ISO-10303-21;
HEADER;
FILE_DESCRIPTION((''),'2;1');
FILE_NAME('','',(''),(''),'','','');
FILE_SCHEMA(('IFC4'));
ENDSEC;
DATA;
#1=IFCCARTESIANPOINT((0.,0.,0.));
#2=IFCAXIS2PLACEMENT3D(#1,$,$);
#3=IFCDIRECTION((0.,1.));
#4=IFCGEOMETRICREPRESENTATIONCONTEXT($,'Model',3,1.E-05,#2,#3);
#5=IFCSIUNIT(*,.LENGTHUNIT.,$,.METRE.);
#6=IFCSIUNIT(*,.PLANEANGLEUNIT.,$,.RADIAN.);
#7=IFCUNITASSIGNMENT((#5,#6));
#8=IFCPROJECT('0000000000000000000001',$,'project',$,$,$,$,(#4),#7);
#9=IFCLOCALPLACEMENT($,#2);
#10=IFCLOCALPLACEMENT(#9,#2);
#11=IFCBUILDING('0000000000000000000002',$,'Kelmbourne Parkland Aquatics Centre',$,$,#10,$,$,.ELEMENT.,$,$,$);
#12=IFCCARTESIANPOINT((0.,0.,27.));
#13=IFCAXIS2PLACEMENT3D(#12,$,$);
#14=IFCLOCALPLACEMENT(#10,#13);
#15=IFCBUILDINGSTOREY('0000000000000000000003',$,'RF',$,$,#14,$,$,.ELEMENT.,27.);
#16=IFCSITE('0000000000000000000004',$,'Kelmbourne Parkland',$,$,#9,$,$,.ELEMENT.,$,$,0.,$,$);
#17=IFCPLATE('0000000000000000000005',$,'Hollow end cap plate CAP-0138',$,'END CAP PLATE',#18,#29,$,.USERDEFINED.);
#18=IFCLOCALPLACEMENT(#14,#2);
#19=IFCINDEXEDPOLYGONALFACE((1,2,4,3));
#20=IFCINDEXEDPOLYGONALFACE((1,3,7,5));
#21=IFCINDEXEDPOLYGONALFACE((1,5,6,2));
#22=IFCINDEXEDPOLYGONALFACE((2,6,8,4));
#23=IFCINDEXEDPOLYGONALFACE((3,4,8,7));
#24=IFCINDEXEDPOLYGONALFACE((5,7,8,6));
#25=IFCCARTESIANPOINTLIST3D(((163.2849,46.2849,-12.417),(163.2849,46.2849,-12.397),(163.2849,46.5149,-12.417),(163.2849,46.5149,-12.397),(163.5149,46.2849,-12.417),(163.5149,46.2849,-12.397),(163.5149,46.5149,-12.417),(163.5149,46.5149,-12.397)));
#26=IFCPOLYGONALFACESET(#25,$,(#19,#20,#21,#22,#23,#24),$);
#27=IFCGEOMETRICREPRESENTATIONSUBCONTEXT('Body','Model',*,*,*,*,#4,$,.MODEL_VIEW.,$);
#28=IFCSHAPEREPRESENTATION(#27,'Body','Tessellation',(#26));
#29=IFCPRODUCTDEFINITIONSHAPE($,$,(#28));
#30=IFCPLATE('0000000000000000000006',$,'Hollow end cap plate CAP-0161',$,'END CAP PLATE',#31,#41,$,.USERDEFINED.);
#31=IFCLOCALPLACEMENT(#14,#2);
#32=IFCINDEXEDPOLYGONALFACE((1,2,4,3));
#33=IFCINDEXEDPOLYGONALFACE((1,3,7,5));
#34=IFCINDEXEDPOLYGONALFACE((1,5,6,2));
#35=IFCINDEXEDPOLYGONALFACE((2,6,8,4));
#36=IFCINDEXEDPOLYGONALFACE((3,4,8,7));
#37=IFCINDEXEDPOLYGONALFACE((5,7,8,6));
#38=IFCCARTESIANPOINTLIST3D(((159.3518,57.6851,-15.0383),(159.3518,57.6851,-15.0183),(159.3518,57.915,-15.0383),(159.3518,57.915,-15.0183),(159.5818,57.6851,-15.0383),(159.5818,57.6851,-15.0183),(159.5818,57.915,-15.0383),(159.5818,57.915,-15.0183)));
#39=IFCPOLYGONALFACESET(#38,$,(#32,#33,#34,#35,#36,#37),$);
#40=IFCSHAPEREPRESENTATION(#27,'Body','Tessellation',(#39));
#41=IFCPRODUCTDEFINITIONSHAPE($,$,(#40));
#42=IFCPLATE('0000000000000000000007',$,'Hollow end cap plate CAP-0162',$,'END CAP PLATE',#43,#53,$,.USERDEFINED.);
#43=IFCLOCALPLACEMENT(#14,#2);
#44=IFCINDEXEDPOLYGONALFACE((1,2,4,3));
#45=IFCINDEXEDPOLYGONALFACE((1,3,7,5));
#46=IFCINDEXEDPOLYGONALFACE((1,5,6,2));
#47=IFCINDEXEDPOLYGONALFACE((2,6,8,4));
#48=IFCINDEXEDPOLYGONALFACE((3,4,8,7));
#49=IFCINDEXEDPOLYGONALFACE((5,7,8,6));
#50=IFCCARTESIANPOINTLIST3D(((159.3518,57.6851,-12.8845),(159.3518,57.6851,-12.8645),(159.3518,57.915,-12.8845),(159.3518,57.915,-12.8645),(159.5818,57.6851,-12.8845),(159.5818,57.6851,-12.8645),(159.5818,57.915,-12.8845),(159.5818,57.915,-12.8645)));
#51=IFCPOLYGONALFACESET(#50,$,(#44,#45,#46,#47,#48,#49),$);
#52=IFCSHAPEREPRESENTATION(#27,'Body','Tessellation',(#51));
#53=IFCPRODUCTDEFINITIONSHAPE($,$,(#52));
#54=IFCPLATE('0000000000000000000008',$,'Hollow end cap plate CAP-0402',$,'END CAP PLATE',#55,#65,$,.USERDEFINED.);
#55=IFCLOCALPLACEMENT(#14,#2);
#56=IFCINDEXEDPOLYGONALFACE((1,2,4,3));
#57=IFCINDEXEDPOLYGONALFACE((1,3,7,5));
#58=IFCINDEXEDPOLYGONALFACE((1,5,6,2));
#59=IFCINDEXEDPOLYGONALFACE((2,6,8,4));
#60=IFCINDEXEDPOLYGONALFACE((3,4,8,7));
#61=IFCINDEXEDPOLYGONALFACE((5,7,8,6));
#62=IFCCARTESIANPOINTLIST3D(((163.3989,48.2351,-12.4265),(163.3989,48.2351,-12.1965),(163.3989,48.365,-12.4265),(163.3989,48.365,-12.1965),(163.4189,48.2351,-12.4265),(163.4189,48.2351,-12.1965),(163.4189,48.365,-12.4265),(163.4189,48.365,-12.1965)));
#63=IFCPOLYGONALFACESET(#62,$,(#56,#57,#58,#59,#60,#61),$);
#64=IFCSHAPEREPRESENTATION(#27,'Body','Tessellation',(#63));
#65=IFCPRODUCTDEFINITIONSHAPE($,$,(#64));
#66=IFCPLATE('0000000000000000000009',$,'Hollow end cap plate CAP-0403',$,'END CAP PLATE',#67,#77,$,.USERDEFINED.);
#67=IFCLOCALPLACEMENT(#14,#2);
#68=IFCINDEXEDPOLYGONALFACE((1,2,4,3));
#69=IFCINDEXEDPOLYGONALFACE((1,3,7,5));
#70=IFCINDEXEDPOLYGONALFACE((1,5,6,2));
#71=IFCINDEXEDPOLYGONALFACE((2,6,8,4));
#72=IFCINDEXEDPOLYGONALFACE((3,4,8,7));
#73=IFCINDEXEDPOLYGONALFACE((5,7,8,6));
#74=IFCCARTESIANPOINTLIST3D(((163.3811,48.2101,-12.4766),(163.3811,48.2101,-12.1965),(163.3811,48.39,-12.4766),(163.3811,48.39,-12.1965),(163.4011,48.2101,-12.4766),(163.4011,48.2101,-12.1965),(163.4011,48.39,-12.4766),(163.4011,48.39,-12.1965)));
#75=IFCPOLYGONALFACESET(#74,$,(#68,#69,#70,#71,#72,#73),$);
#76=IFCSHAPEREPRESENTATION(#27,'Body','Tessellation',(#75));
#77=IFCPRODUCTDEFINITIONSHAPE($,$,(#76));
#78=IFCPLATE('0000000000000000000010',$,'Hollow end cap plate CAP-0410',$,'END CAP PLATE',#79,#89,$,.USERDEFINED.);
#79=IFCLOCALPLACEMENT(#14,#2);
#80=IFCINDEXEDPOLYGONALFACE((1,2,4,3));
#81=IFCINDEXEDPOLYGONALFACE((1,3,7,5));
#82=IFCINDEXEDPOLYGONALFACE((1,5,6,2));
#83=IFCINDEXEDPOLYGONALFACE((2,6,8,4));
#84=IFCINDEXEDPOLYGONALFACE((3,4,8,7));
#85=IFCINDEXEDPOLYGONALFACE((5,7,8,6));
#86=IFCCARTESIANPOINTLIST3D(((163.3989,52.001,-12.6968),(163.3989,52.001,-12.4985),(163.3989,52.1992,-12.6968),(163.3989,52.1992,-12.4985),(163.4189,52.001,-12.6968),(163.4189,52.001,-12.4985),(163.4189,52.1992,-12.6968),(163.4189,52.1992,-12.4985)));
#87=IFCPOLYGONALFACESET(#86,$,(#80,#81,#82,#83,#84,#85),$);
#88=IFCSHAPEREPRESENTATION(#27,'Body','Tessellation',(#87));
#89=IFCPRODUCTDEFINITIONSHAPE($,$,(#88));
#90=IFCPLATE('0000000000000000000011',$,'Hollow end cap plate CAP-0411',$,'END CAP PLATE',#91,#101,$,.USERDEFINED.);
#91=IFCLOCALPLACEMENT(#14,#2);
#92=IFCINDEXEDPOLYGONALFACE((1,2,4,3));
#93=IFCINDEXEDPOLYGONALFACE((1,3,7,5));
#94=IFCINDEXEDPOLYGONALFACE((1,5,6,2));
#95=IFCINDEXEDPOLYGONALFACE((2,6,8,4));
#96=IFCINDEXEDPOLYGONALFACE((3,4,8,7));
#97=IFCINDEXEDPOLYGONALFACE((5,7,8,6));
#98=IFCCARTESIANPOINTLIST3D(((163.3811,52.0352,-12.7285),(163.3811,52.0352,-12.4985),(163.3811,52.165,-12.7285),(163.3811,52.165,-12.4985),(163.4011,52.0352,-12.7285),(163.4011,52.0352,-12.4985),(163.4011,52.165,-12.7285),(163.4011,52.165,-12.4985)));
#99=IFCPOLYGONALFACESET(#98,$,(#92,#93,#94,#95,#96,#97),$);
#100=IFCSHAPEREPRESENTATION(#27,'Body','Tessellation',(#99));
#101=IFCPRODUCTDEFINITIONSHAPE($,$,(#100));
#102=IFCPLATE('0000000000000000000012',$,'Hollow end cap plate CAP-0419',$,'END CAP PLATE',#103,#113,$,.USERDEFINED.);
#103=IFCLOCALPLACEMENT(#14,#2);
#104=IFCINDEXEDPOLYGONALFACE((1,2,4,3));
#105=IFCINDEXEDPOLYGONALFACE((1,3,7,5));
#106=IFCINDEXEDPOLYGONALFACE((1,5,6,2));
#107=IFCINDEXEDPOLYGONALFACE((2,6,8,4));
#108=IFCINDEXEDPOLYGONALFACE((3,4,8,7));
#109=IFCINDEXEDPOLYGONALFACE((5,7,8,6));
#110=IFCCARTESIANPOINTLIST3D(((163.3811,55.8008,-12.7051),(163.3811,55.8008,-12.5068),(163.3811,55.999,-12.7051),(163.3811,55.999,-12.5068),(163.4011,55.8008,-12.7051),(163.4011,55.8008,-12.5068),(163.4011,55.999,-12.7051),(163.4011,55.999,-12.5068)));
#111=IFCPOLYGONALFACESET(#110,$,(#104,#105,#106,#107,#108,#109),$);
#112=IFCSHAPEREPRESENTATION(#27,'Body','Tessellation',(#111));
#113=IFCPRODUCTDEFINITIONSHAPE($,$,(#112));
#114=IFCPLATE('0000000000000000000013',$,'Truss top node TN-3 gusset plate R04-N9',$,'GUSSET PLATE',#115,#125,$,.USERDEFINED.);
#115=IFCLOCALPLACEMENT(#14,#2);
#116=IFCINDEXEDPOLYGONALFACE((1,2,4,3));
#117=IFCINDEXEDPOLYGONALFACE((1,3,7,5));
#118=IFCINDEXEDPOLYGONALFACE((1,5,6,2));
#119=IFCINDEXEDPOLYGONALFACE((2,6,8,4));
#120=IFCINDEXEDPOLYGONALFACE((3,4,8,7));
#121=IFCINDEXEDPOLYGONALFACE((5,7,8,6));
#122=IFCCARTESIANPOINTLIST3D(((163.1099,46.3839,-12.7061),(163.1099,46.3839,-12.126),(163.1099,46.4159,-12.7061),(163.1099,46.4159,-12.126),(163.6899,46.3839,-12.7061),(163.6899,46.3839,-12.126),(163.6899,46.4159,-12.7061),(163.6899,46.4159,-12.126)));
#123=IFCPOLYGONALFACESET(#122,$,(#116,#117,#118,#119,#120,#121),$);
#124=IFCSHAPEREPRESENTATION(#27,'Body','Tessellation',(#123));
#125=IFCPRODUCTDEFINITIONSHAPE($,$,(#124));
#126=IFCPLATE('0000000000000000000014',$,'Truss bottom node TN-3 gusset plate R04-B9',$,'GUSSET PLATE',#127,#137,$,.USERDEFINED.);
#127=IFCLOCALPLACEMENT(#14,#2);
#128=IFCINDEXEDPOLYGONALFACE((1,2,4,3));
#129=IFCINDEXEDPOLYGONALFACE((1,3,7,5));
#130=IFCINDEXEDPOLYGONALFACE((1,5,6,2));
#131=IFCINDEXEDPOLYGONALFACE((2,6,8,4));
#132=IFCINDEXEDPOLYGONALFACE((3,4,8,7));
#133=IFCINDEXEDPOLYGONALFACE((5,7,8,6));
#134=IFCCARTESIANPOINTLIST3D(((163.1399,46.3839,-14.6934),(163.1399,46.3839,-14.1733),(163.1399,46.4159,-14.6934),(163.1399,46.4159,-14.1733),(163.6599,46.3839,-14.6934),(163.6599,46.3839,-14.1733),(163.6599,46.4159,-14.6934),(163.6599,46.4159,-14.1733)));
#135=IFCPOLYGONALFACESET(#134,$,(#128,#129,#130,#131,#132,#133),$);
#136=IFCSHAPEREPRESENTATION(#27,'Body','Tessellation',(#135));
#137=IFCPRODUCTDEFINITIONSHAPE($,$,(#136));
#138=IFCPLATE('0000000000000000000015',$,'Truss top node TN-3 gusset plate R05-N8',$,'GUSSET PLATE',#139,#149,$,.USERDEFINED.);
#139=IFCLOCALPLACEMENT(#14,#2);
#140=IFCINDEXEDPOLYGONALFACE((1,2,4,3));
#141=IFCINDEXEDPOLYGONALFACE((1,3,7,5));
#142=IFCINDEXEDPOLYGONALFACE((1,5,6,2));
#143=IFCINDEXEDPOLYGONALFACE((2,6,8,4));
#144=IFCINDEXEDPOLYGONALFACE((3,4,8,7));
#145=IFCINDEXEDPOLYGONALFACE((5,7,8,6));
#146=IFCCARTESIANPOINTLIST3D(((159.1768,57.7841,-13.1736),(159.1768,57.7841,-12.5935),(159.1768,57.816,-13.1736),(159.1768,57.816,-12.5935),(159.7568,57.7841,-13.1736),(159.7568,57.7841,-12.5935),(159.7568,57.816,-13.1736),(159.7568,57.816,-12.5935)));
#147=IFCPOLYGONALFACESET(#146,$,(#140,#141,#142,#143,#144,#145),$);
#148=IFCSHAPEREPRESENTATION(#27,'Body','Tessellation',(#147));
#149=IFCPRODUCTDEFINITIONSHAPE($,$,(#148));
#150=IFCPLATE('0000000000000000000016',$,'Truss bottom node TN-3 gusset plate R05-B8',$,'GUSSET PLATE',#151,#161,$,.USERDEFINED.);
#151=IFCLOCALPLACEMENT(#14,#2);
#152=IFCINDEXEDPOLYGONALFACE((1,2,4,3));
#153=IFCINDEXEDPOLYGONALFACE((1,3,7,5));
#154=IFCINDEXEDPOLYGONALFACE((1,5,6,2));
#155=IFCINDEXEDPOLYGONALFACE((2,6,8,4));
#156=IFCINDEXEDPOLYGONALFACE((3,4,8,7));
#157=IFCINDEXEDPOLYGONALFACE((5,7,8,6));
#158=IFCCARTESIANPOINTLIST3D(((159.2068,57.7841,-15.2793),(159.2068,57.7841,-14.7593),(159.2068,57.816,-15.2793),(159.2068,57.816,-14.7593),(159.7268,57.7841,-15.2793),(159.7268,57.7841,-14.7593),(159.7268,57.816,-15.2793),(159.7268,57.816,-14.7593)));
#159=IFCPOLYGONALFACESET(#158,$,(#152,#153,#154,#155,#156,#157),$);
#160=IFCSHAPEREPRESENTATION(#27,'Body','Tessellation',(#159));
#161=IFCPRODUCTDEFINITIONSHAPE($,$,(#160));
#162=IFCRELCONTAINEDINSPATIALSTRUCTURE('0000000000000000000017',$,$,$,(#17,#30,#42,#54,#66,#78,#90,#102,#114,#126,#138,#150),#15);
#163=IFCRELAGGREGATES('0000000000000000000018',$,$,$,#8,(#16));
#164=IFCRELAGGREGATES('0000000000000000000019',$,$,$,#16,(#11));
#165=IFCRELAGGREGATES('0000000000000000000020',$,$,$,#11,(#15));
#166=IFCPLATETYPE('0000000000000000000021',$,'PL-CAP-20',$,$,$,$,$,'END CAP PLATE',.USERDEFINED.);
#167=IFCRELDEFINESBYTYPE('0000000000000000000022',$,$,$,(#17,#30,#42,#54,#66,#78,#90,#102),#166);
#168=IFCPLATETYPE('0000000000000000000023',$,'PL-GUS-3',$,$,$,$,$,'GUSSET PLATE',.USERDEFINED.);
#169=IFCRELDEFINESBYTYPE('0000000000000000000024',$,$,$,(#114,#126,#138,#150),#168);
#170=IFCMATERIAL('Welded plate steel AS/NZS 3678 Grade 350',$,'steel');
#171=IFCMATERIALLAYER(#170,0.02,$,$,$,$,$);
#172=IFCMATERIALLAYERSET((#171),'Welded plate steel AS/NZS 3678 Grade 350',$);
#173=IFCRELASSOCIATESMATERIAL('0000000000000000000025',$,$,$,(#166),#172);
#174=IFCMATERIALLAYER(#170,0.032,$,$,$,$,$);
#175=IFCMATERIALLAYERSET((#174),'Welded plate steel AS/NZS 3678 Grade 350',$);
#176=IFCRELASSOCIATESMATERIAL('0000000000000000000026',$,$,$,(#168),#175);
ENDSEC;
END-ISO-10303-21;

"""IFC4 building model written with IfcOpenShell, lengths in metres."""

from ifc_helpers import new_model, si_unit, direction, frame, origin, origin_2d, place, context, subcontext, project, spatial, rectangle, extrude, material, layer, layer_set, type_object, element, save


model = new_model("IFC4")

# Units and contexts
model_context = context("Model", 3, precision=1e-05, world=origin(), true_north=direction((0.0, 1.0)))
body_context = subcontext(model_context, "Body", "Model", "MODEL_VIEW")
ifc_project = project(units=[si_unit("LENGTHUNIT", "METRE"), si_unit("PLANEANGLEUNIT", "RADIAN")], contexts=[model_context])

# Site, building, storey
site_placement = place(None, origin())
site = spatial("IfcSite", under=ifc_project, at=site_placement, Name="Kelmbourne Parkland", CompositionType="ELEMENT", RefElevation=0.0)
building_placement = place(site_placement, origin())
building = spatial("IfcBuilding", under=site, at=building_placement, Name="Kelmbourne Parkland Aquatics Centre", CompositionType="ELEMENT")
storey_placement = place(building_placement, frame((0.0, 0.0, 27.0)))
storey = spatial("IfcBuildingStorey", under=building, at=storey_placement, Name="RF", CompositionType="ELEMENT", Elevation=27.0)

# Shared definitions
ifc_material_1 = material(Name="Welded plate steel AS/NZS 3678 Grade 350", Category="steel")

# Plates
ifc_layer_1 = layer(ifc_material_1, 0.02)
ifc_layer_set_1 = layer_set([ifc_layer_1], Name="Welded plate steel AS/NZS 3678 Grade 350")
plate_type_1 = type_object("IfcPlateType", Name="PL-CAP-20", ElementType="END CAP PLATE", PredefinedType="USERDEFINED", material=ifc_layer_set_1)
for number, where, z_axis, x_axis, name in (
    (1, (163.3999, 46.3999, -12.417), (0.0, 0.0, 1.0), (1.0, 0.0, 0.0), "Hollow end cap plate CAP-0138"),
    (2, (159.4668, 57.8, -15.0383), (0.0, 0.0, 1.0), (1.0, 0.0, 0.0), "Hollow end cap plate CAP-0161"),
    (3, (159.4668, 57.8, -12.8845), (0.0, 0.0, 1.0), (1.0, 0.0, 0.0), "Hollow end cap plate CAP-0162"),
):
    element("IfcPlate", number, at=place(storey_placement, frame(where, z_axis=z_axis, x_axis=x_axis)), inside=storey, type_object=plate_type_1, Name=name, ObjectType="END CAP PLATE", PredefinedType="USERDEFINED", context=body_context, shape_type="SweptSolid", body=[
        extrude(rectangle(XDim=0.23, YDim=0.23, at=origin_2d()), origin(), (0.0, 0.0, 1.0), 0.02),
    ])
plate_1_placement = place(storey_placement, frame((163.4089, 48.3, -12.4265), z_axis=(0.0, 0.0, 1.0), x_axis=(1.0, 0.0, 0.0)))
element("IfcPlate", 4, at=plate_1_placement, inside=storey, type_object=plate_type_1, Name="Hollow end cap plate CAP-0402", ObjectType="END CAP PLATE", PredefinedType="USERDEFINED", context=body_context, shape_type="SweptSolid", body=[
    extrude(rectangle(XDim=0.02, YDim=0.1299, at=origin_2d()), origin(), (0.0, 0.0, 1.0), 0.23),
])
plate_2_placement = place(storey_placement, frame((163.3911, 48.3, -12.4766), z_axis=(0.0, 0.0, 1.0), x_axis=(-1.0, 0.0, 0.0)))
element("IfcPlate", 5, at=plate_2_placement, inside=storey, type_object=plate_type_1, Name="Hollow end cap plate CAP-0403", ObjectType="END CAP PLATE", PredefinedType="USERDEFINED", context=body_context, shape_type="SweptSolid", body=[
    extrude(rectangle(XDim=0.02, YDim=0.1799, at=origin_2d()), origin(), (0.0, 0.0, 1.0), 0.28),
])
plate_3_placement = place(storey_placement, frame((163.4089, 52.1001, -12.6968), z_axis=(0.0, 0.0, 1.0), x_axis=(1.0, 0.0, 0.0)))
element("IfcPlate", 6, at=plate_3_placement, inside=storey, type_object=plate_type_1, Name="Hollow end cap plate CAP-0410", ObjectType="END CAP PLATE", PredefinedType="USERDEFINED", context=body_context, shape_type="SweptSolid", body=[
    extrude(rectangle(XDim=0.02, YDim=0.1982, at=origin_2d()), origin(), (0.0, 0.0, 1.0), 0.1982),
])
plate_4_placement = place(storey_placement, frame((163.3911, 52.1001, -12.7285), z_axis=(0.0, 0.0, 1.0), x_axis=(-1.0, 0.0, 0.0)))
element("IfcPlate", 7, at=plate_4_placement, inside=storey, type_object=plate_type_1, Name="Hollow end cap plate CAP-0411", ObjectType="END CAP PLATE", PredefinedType="USERDEFINED", context=body_context, shape_type="SweptSolid", body=[
    extrude(rectangle(XDim=0.02, YDim=0.1299, at=origin_2d()), origin(), (0.0, 0.0, 1.0), 0.23),
])
plate_5_placement = place(storey_placement, frame((163.3911, 55.8999, -12.7051), z_axis=(0.0, 0.0, 1.0), x_axis=(-1.0, 0.0, 0.0)))
element("IfcPlate", 8, at=plate_5_placement, inside=storey, type_object=plate_type_1, Name="Hollow end cap plate CAP-0419", ObjectType="END CAP PLATE", PredefinedType="USERDEFINED", context=body_context, shape_type="SweptSolid", body=[
    extrude(rectangle(XDim=0.02, YDim=0.1982, at=origin_2d()), origin(), (0.0, 0.0, 1.0), 0.1982),
])
ifc_layer_2 = layer(ifc_material_1, 0.032)
ifc_layer_set_2 = layer_set([ifc_layer_2], Name="Welded plate steel AS/NZS 3678 Grade 350")
plate_type_2 = type_object("IfcPlateType", Name="PL-GUS-3", ElementType="GUSSET PLATE", PredefinedType="USERDEFINED", material=ifc_layer_set_2)
plate_6_placement = place(storey_placement, frame((163.3999, 46.3999, -12.7061), z_axis=(0.0, 0.0, 1.0), x_axis=(1.0, 0.0, 0.0)))
element("IfcPlate", 9, at=plate_6_placement, inside=storey, type_object=plate_type_2, Name="Truss top node TN-3 gusset plate R04-N9", ObjectType="GUSSET PLATE", PredefinedType="USERDEFINED", context=body_context, shape_type="SweptSolid", body=[
    extrude(rectangle(XDim=0.5801, YDim=0.032, at=origin_2d()), origin(), (0.0, 0.0, 1.0), 0.5801),
])
plate_7_placement = place(storey_placement, frame((163.3999, 46.3999, -14.6934), z_axis=(0.0, 0.0, 1.0), x_axis=(1.0, 0.0, 0.0)))
element("IfcPlate", 10, at=plate_7_placement, inside=storey, type_object=plate_type_2, Name="Truss bottom node TN-3 gusset plate R04-B9", ObjectType="GUSSET PLATE", PredefinedType="USERDEFINED", context=body_context, shape_type="SweptSolid", body=[
    extrude(rectangle(XDim=0.52, YDim=0.032, at=origin_2d()), origin(), (0.0, 0.0, 1.0), 0.52),
])
plate_8_placement = place(storey_placement, frame((159.4668, 57.8, -13.1736), z_axis=(0.0, 0.0, 1.0), x_axis=(1.0, 0.0, 0.0)))
element("IfcPlate", 11, at=plate_8_placement, inside=storey, type_object=plate_type_2, Name="Truss top node TN-3 gusset plate R05-N8", ObjectType="GUSSET PLATE", PredefinedType="USERDEFINED", context=body_context, shape_type="SweptSolid", body=[
    extrude(rectangle(XDim=0.5801, YDim=0.032, at=origin_2d()), origin(), (0.0, 0.0, 1.0), 0.5801),
])
plate_9_placement = place(storey_placement, frame((159.4668, 57.8, -15.2793), z_axis=(0.0, 0.0, 1.0), x_axis=(1.0, 0.0, 0.0)))
element("IfcPlate", 12, at=plate_9_placement, inside=storey, type_object=plate_type_2, Name="Truss bottom node TN-3 gusset plate R05-B8", ObjectType="GUSSET PLATE", PredefinedType="USERDEFINED", context=body_context, shape_type="SweptSolid", body=[
    extrude(rectangle(XDim=0.52, YDim=0.032, at=origin_2d()), origin(), (0.0, 0.0, 1.0), 0.52),
])

save(model, "model.ifc")
